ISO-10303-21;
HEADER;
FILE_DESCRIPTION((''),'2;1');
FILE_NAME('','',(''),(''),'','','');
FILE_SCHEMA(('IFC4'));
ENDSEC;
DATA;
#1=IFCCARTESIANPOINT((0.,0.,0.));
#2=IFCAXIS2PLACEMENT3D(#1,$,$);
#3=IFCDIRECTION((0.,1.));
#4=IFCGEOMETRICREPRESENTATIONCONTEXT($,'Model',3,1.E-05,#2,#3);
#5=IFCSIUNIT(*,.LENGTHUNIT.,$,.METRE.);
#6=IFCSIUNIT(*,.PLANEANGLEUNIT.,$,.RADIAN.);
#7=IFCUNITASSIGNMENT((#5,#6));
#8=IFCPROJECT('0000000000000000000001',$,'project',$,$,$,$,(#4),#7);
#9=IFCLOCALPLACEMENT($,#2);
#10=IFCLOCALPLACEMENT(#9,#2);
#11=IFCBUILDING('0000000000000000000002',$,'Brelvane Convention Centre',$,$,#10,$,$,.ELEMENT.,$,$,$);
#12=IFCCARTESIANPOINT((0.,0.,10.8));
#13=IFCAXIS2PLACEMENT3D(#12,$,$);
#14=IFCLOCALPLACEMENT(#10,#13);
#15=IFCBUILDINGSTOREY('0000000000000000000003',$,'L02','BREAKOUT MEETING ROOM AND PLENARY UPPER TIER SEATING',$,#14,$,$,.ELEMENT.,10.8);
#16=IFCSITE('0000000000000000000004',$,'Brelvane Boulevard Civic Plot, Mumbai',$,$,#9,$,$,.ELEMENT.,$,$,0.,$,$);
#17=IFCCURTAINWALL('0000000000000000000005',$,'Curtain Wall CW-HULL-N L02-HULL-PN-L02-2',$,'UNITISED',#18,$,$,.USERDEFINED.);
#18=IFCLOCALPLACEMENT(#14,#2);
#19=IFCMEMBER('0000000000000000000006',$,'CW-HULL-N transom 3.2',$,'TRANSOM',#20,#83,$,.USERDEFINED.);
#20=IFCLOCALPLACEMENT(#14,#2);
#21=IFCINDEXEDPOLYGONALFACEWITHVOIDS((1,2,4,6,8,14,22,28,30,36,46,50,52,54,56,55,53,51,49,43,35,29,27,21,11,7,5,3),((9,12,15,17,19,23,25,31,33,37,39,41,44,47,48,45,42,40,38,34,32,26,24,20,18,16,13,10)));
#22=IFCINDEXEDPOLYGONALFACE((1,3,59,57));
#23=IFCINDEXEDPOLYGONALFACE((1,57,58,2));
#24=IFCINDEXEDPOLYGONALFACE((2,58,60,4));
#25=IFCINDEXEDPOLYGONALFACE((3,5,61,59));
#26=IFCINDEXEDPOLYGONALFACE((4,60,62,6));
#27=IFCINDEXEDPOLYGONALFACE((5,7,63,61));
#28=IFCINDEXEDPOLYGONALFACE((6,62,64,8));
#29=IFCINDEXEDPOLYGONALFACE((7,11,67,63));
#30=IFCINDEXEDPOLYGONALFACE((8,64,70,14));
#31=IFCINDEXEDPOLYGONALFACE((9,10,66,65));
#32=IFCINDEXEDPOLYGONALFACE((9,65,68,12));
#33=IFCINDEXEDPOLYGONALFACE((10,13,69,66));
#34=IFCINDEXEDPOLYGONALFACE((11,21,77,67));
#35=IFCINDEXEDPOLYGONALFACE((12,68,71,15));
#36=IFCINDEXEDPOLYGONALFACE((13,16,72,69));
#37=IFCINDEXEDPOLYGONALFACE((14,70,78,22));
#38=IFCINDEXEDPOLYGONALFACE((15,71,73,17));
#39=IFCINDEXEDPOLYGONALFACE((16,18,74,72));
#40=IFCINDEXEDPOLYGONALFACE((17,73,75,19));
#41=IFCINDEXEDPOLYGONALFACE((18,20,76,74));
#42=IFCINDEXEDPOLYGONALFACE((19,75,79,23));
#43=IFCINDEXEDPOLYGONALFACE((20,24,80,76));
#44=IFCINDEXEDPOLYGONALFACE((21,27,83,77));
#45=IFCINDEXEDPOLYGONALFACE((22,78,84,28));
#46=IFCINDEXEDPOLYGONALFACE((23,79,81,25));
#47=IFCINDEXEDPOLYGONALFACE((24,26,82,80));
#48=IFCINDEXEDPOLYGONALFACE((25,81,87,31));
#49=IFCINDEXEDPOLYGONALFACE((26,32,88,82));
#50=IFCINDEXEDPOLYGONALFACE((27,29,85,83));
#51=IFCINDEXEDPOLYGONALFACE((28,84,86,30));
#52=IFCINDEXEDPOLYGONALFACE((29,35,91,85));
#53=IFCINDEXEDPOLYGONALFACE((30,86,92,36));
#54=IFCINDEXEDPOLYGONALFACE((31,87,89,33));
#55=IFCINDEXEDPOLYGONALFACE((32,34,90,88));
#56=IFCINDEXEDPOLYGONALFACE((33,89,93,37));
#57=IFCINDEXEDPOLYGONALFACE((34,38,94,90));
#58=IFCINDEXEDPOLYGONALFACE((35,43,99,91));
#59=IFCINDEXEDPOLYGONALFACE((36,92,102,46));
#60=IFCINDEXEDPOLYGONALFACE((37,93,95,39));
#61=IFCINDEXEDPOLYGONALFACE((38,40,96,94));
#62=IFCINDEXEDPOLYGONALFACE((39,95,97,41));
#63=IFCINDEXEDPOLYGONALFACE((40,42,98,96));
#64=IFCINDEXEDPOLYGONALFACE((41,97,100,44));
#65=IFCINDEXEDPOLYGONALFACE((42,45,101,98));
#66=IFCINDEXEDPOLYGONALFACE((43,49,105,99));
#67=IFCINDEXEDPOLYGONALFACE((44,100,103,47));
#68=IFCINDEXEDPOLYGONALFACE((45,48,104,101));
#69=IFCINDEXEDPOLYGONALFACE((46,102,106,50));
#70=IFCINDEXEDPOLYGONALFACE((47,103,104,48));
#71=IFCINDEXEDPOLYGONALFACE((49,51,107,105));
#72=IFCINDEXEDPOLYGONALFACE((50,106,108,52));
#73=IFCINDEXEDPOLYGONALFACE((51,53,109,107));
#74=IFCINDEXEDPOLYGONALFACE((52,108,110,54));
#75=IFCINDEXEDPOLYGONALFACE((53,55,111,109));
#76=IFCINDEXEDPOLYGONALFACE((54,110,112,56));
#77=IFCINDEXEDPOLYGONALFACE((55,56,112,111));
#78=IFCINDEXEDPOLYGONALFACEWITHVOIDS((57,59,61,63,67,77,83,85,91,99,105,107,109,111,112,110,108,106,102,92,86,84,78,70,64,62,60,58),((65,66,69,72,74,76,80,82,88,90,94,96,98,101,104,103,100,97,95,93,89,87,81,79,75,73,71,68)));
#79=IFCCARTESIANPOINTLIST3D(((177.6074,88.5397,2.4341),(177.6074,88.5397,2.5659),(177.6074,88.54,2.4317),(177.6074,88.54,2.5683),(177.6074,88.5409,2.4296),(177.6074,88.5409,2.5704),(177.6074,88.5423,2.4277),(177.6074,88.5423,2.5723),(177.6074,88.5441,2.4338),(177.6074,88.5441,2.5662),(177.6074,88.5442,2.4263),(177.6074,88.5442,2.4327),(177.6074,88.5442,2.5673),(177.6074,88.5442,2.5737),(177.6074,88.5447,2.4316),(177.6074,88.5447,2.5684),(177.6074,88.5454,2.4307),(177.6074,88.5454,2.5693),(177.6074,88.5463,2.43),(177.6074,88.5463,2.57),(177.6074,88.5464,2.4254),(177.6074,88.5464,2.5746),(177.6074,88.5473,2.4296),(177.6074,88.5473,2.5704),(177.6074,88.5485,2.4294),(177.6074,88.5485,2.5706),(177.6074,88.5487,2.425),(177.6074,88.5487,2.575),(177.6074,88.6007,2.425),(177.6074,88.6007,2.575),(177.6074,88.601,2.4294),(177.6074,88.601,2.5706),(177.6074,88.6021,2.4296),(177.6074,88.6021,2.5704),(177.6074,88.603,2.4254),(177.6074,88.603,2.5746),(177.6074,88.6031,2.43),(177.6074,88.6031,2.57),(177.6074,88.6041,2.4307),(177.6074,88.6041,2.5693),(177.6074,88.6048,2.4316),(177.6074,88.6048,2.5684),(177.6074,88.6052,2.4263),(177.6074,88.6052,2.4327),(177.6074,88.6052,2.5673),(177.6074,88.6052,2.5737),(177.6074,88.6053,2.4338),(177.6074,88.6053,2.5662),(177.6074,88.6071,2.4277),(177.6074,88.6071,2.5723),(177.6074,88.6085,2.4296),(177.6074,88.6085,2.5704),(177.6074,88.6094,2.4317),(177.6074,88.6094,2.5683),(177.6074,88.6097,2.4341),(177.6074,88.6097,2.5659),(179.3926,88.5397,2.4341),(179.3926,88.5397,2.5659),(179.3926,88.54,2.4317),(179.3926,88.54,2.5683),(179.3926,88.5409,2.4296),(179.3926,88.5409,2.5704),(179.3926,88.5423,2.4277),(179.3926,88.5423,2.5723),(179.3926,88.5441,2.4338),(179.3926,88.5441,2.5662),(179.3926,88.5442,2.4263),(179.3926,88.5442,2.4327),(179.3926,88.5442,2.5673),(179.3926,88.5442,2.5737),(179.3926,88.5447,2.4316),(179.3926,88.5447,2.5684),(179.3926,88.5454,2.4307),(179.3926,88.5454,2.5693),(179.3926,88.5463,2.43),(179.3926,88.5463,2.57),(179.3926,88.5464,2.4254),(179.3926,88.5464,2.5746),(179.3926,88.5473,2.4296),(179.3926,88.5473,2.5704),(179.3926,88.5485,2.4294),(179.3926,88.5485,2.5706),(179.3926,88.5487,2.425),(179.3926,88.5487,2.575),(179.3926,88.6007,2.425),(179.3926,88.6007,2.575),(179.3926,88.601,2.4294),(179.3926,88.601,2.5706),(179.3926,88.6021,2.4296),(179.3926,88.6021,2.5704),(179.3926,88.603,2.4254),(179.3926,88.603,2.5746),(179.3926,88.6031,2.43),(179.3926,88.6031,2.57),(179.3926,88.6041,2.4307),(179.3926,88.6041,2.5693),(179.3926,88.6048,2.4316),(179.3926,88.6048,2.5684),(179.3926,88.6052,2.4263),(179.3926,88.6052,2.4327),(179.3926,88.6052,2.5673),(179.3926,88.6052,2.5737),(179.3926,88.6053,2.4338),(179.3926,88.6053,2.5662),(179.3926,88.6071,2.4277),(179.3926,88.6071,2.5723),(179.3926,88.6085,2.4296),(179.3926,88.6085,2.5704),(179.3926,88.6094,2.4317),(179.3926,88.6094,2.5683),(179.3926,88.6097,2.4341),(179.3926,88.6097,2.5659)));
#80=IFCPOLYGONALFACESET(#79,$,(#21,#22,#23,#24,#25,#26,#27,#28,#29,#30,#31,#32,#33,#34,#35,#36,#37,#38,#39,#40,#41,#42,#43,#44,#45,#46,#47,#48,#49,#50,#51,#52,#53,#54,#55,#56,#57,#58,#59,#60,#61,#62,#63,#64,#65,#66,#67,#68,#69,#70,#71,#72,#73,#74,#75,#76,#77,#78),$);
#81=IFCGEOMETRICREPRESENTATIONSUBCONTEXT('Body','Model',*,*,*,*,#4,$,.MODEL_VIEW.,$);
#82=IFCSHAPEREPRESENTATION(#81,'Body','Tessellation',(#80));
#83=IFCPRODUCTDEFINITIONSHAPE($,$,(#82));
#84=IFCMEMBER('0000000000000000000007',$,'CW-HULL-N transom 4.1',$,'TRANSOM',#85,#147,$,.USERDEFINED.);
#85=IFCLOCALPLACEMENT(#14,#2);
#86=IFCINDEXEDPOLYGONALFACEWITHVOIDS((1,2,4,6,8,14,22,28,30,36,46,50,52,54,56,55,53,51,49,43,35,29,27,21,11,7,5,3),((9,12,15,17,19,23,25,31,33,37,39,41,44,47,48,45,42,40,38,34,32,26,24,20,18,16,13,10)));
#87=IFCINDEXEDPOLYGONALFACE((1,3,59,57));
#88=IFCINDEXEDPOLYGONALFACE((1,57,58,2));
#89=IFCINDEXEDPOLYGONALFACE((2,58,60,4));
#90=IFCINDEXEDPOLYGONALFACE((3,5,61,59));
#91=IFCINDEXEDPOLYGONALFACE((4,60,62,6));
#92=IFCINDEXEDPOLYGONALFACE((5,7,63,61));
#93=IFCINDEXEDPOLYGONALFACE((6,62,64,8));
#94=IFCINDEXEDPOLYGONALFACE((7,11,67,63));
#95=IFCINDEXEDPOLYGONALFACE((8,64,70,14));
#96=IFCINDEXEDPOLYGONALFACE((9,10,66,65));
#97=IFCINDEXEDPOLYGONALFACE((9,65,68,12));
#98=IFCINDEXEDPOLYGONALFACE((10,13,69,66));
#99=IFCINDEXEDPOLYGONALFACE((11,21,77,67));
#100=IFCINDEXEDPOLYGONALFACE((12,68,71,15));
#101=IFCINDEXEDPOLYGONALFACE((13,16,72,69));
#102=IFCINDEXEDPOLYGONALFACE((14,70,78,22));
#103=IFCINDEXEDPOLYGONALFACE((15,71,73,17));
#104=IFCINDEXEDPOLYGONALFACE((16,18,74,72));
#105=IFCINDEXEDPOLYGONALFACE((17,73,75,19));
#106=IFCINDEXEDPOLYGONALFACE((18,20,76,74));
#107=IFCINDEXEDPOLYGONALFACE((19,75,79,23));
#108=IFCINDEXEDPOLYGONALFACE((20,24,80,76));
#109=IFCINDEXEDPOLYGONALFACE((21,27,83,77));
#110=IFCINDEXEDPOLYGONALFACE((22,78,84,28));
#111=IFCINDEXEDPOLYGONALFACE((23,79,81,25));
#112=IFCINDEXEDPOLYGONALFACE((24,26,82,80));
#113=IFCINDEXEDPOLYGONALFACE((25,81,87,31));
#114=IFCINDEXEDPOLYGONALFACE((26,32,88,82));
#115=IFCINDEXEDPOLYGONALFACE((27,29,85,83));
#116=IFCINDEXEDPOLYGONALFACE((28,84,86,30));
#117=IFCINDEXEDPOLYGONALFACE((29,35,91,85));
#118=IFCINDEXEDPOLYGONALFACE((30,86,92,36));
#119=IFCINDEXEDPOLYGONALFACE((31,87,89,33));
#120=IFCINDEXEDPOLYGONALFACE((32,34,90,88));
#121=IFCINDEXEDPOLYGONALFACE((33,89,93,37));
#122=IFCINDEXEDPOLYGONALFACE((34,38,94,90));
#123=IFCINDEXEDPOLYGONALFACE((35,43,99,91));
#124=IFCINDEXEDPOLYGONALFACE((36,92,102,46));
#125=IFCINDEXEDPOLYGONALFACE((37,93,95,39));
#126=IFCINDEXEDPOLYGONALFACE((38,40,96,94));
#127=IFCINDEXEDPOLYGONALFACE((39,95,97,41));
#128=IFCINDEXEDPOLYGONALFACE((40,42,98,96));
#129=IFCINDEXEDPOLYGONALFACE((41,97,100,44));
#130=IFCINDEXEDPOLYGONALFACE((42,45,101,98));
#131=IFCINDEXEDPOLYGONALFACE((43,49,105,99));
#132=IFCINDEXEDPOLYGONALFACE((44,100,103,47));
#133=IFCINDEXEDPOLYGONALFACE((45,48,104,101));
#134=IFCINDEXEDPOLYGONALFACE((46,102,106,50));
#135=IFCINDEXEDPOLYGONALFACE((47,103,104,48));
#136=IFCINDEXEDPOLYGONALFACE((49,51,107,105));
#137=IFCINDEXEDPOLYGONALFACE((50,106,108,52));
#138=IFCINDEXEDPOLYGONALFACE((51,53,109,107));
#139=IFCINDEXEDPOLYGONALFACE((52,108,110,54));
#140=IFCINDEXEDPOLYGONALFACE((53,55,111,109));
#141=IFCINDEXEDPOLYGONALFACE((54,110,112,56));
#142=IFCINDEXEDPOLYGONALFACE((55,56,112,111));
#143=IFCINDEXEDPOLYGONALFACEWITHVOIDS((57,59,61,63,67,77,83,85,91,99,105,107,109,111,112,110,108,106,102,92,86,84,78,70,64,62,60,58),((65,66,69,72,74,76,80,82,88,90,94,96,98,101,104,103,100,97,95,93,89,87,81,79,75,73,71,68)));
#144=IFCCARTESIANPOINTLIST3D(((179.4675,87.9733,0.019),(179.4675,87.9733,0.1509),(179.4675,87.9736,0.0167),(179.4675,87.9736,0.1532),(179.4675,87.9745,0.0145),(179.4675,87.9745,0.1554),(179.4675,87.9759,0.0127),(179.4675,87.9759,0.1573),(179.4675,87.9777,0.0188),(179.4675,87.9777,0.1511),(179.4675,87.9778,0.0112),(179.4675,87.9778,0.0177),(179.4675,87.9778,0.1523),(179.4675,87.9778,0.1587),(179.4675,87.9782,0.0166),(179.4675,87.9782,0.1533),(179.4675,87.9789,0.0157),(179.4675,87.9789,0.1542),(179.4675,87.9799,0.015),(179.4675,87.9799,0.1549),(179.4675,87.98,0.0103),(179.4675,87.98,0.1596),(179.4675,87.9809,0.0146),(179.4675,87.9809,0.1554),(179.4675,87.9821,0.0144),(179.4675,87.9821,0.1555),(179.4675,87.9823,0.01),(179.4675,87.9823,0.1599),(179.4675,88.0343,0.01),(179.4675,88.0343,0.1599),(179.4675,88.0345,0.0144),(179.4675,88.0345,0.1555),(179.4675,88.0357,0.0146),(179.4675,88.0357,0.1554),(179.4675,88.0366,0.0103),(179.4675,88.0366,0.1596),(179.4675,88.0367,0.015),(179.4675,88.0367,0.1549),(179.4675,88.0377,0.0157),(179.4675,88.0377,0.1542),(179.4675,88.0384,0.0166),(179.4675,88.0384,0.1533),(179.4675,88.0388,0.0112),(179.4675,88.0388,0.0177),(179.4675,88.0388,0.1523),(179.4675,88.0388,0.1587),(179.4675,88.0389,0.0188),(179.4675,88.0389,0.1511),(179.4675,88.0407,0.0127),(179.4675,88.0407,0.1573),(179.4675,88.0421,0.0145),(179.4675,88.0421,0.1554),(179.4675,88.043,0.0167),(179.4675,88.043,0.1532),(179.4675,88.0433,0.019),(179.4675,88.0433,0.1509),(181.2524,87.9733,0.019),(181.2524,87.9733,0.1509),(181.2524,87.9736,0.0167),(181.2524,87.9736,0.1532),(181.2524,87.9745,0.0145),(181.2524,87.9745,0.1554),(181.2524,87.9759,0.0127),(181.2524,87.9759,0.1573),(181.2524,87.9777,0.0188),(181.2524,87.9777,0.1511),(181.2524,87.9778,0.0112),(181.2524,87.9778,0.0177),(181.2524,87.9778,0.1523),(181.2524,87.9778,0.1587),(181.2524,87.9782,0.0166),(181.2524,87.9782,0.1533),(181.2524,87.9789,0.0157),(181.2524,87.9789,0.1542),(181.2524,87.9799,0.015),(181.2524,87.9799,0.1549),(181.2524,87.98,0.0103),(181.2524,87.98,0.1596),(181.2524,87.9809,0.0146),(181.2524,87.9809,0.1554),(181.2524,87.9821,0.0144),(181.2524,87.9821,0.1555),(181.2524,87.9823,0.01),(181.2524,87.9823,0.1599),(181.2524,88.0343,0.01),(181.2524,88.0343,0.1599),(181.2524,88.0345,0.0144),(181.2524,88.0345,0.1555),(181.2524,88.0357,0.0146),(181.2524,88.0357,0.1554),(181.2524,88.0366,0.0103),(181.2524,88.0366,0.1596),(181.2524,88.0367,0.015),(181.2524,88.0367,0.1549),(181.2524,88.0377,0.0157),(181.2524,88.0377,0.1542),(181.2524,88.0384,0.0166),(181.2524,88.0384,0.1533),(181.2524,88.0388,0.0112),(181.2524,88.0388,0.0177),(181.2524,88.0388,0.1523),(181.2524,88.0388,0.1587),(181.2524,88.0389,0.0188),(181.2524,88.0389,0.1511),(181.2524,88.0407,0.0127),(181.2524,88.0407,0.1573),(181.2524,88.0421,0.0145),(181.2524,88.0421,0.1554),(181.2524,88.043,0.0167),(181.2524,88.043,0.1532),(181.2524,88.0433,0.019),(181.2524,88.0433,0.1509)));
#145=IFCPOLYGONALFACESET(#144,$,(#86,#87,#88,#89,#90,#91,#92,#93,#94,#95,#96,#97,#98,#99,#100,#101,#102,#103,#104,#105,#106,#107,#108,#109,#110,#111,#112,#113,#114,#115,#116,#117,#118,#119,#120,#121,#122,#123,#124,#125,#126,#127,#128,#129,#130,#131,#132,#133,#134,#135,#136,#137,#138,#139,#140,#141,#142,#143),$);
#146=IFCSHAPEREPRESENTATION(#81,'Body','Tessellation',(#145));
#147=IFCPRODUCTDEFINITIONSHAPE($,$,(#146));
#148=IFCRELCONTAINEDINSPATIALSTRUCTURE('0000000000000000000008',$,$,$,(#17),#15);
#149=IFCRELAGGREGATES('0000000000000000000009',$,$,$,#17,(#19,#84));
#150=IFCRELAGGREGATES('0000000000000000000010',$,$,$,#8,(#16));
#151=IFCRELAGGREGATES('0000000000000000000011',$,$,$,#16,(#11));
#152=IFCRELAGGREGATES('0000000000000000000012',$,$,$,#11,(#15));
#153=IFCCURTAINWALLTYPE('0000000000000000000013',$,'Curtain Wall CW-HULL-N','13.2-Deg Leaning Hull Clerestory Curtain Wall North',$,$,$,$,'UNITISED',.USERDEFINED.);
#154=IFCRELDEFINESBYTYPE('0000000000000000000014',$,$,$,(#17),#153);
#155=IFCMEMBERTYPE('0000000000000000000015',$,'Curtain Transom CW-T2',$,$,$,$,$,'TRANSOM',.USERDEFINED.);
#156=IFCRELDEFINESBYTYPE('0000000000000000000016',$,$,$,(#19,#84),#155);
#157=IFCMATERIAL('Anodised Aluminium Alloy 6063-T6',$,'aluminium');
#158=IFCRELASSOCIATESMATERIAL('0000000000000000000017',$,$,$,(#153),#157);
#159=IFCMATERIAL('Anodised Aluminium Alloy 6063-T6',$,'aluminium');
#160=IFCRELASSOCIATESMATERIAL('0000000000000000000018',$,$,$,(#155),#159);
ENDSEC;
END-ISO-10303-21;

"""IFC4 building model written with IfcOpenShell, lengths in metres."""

from ifc_helpers import new_model, si_unit, direction, frame, origin, origin_2d, place, context, subcontext, project, spatial, hollow_rectangle, extrude, material, material_profile, profile_set, type_object, element, aggregate, save


model = new_model("IFC4")

# Units and contexts
model_context = context("Model", 3, precision=1e-05, world=origin(), true_north=direction((0.0, 1.0)))
body_context = subcontext(model_context, "Body", "Model", "MODEL_VIEW")
ifc_project = project(units=[si_unit("LENGTHUNIT", "METRE"), si_unit("PLANEANGLEUNIT", "RADIAN")], contexts=[model_context])

# Site, building, storey
site_placement = place(None, origin())
site = spatial("IfcSite", under=ifc_project, at=site_placement, Name="Brelvane Boulevard Civic Plot, Mumbai", CompositionType="ELEMENT", RefElevation=0.0)
building_placement = place(site_placement, origin())
building = spatial("IfcBuilding", under=site, at=building_placement, Name="Brelvane Convention Centre", CompositionType="ELEMENT")
storey_placement = place(building_placement, frame((0.0, 0.0, 10.8)))
storey = spatial("IfcBuildingStorey", under=building, at=storey_placement, Name="L02", Description="BREAKOUT MEETING ROOM AND PLENARY UPPER TIER SEATING", CompositionType="ELEMENT", Elevation=10.8)

# Curtain wall
ifc_material_1 = material(Name="Anodised Aluminium Alloy 6063-T6", Category="aluminium")
curtain_wall_type = type_object("IfcCurtainWallType", Name="Curtain Wall CW-HULL-N", Description="13.2-Deg Leaning Hull Clerestory Curtain Wall North", ElementType="UNITISED", PredefinedType="USERDEFINED", material=ifc_material_1)
curtain_wall_1_placement = place(storey_placement, origin())
curtain_wall_1 = element("IfcCurtainWall", 1, at=curtain_wall_1_placement, inside=storey, type_object=curtain_wall_type, Name="Curtain Wall CW-HULL-N L02-HULL-PN-L02-2", ObjectType="UNITISED", PredefinedType="USERDEFINED")

# Members
ifc_material_2 = material(Name="Anodised Aluminium Alloy 6063-T6", Category="aluminium")
ifc_material_profile_1 = material_profile(ifc_material_2, hollow_rectangle(XDim=0.0701, YDim=0.1499, WallThickness=0.0044, InnerFilletRadius=0.0044, OuterFilletRadius=0.009, at=origin_2d()), Name="ALU-T 150x70x4.5")
ifc_profile_set_1 = profile_set([ifc_material_profile_1], Name="Anodised Aluminium Alloy 6063-T6")
member_type_1 = type_object("IfcMemberType", Name="Curtain Transom CW-T2", ElementType="TRANSOM", PredefinedType="USERDEFINED", material=ifc_profile_set_1)
member_1_placement = place(storey_placement, frame((177.6074, 88.5747, 2.5), z_axis=(1.0, 0.0, 0.0), x_axis=(0.0, 1.0, 0.0)))
member_1 = element("IfcMember", 2, at=member_1_placement, type_object=member_type_1, Name="CW-HULL-N transom 3.2", ObjectType="TRANSOM", PredefinedType="USERDEFINED", context=body_context, shape_type="SweptSolid", body=[
    extrude(hollow_rectangle(XDim=0.0701, YDim=0.1499, WallThickness=0.0044, InnerFilletRadius=0.0044, OuterFilletRadius=0.009, at=origin_2d()), origin(), (0.0, 0.0, 1.0), 1.7852),
])
member_2_placement = place(storey_placement, frame((179.4675, 88.0083, 0.085), z_axis=(1.0, 0.0, 0.0), x_axis=(0.0, 1.0, 0.0)))
member_2 = element("IfcMember", 3, at=member_2_placement, type_object=member_type_1, Name="CW-HULL-N transom 4.1", ObjectType="TRANSOM", PredefinedType="USERDEFINED", context=body_context, shape_type="SweptSolid", body=[
    extrude(hollow_rectangle(XDim=0.0701, YDim=0.1499, WallThickness=0.0044, InnerFilletRadius=0.0044, OuterFilletRadius=0.009, at=origin_2d()), origin(), (0.0, 0.0, 1.0), 1.7849),
])

aggregate(curtain_wall_1, [member_1, member_2])

save(model, "model.ifc")
